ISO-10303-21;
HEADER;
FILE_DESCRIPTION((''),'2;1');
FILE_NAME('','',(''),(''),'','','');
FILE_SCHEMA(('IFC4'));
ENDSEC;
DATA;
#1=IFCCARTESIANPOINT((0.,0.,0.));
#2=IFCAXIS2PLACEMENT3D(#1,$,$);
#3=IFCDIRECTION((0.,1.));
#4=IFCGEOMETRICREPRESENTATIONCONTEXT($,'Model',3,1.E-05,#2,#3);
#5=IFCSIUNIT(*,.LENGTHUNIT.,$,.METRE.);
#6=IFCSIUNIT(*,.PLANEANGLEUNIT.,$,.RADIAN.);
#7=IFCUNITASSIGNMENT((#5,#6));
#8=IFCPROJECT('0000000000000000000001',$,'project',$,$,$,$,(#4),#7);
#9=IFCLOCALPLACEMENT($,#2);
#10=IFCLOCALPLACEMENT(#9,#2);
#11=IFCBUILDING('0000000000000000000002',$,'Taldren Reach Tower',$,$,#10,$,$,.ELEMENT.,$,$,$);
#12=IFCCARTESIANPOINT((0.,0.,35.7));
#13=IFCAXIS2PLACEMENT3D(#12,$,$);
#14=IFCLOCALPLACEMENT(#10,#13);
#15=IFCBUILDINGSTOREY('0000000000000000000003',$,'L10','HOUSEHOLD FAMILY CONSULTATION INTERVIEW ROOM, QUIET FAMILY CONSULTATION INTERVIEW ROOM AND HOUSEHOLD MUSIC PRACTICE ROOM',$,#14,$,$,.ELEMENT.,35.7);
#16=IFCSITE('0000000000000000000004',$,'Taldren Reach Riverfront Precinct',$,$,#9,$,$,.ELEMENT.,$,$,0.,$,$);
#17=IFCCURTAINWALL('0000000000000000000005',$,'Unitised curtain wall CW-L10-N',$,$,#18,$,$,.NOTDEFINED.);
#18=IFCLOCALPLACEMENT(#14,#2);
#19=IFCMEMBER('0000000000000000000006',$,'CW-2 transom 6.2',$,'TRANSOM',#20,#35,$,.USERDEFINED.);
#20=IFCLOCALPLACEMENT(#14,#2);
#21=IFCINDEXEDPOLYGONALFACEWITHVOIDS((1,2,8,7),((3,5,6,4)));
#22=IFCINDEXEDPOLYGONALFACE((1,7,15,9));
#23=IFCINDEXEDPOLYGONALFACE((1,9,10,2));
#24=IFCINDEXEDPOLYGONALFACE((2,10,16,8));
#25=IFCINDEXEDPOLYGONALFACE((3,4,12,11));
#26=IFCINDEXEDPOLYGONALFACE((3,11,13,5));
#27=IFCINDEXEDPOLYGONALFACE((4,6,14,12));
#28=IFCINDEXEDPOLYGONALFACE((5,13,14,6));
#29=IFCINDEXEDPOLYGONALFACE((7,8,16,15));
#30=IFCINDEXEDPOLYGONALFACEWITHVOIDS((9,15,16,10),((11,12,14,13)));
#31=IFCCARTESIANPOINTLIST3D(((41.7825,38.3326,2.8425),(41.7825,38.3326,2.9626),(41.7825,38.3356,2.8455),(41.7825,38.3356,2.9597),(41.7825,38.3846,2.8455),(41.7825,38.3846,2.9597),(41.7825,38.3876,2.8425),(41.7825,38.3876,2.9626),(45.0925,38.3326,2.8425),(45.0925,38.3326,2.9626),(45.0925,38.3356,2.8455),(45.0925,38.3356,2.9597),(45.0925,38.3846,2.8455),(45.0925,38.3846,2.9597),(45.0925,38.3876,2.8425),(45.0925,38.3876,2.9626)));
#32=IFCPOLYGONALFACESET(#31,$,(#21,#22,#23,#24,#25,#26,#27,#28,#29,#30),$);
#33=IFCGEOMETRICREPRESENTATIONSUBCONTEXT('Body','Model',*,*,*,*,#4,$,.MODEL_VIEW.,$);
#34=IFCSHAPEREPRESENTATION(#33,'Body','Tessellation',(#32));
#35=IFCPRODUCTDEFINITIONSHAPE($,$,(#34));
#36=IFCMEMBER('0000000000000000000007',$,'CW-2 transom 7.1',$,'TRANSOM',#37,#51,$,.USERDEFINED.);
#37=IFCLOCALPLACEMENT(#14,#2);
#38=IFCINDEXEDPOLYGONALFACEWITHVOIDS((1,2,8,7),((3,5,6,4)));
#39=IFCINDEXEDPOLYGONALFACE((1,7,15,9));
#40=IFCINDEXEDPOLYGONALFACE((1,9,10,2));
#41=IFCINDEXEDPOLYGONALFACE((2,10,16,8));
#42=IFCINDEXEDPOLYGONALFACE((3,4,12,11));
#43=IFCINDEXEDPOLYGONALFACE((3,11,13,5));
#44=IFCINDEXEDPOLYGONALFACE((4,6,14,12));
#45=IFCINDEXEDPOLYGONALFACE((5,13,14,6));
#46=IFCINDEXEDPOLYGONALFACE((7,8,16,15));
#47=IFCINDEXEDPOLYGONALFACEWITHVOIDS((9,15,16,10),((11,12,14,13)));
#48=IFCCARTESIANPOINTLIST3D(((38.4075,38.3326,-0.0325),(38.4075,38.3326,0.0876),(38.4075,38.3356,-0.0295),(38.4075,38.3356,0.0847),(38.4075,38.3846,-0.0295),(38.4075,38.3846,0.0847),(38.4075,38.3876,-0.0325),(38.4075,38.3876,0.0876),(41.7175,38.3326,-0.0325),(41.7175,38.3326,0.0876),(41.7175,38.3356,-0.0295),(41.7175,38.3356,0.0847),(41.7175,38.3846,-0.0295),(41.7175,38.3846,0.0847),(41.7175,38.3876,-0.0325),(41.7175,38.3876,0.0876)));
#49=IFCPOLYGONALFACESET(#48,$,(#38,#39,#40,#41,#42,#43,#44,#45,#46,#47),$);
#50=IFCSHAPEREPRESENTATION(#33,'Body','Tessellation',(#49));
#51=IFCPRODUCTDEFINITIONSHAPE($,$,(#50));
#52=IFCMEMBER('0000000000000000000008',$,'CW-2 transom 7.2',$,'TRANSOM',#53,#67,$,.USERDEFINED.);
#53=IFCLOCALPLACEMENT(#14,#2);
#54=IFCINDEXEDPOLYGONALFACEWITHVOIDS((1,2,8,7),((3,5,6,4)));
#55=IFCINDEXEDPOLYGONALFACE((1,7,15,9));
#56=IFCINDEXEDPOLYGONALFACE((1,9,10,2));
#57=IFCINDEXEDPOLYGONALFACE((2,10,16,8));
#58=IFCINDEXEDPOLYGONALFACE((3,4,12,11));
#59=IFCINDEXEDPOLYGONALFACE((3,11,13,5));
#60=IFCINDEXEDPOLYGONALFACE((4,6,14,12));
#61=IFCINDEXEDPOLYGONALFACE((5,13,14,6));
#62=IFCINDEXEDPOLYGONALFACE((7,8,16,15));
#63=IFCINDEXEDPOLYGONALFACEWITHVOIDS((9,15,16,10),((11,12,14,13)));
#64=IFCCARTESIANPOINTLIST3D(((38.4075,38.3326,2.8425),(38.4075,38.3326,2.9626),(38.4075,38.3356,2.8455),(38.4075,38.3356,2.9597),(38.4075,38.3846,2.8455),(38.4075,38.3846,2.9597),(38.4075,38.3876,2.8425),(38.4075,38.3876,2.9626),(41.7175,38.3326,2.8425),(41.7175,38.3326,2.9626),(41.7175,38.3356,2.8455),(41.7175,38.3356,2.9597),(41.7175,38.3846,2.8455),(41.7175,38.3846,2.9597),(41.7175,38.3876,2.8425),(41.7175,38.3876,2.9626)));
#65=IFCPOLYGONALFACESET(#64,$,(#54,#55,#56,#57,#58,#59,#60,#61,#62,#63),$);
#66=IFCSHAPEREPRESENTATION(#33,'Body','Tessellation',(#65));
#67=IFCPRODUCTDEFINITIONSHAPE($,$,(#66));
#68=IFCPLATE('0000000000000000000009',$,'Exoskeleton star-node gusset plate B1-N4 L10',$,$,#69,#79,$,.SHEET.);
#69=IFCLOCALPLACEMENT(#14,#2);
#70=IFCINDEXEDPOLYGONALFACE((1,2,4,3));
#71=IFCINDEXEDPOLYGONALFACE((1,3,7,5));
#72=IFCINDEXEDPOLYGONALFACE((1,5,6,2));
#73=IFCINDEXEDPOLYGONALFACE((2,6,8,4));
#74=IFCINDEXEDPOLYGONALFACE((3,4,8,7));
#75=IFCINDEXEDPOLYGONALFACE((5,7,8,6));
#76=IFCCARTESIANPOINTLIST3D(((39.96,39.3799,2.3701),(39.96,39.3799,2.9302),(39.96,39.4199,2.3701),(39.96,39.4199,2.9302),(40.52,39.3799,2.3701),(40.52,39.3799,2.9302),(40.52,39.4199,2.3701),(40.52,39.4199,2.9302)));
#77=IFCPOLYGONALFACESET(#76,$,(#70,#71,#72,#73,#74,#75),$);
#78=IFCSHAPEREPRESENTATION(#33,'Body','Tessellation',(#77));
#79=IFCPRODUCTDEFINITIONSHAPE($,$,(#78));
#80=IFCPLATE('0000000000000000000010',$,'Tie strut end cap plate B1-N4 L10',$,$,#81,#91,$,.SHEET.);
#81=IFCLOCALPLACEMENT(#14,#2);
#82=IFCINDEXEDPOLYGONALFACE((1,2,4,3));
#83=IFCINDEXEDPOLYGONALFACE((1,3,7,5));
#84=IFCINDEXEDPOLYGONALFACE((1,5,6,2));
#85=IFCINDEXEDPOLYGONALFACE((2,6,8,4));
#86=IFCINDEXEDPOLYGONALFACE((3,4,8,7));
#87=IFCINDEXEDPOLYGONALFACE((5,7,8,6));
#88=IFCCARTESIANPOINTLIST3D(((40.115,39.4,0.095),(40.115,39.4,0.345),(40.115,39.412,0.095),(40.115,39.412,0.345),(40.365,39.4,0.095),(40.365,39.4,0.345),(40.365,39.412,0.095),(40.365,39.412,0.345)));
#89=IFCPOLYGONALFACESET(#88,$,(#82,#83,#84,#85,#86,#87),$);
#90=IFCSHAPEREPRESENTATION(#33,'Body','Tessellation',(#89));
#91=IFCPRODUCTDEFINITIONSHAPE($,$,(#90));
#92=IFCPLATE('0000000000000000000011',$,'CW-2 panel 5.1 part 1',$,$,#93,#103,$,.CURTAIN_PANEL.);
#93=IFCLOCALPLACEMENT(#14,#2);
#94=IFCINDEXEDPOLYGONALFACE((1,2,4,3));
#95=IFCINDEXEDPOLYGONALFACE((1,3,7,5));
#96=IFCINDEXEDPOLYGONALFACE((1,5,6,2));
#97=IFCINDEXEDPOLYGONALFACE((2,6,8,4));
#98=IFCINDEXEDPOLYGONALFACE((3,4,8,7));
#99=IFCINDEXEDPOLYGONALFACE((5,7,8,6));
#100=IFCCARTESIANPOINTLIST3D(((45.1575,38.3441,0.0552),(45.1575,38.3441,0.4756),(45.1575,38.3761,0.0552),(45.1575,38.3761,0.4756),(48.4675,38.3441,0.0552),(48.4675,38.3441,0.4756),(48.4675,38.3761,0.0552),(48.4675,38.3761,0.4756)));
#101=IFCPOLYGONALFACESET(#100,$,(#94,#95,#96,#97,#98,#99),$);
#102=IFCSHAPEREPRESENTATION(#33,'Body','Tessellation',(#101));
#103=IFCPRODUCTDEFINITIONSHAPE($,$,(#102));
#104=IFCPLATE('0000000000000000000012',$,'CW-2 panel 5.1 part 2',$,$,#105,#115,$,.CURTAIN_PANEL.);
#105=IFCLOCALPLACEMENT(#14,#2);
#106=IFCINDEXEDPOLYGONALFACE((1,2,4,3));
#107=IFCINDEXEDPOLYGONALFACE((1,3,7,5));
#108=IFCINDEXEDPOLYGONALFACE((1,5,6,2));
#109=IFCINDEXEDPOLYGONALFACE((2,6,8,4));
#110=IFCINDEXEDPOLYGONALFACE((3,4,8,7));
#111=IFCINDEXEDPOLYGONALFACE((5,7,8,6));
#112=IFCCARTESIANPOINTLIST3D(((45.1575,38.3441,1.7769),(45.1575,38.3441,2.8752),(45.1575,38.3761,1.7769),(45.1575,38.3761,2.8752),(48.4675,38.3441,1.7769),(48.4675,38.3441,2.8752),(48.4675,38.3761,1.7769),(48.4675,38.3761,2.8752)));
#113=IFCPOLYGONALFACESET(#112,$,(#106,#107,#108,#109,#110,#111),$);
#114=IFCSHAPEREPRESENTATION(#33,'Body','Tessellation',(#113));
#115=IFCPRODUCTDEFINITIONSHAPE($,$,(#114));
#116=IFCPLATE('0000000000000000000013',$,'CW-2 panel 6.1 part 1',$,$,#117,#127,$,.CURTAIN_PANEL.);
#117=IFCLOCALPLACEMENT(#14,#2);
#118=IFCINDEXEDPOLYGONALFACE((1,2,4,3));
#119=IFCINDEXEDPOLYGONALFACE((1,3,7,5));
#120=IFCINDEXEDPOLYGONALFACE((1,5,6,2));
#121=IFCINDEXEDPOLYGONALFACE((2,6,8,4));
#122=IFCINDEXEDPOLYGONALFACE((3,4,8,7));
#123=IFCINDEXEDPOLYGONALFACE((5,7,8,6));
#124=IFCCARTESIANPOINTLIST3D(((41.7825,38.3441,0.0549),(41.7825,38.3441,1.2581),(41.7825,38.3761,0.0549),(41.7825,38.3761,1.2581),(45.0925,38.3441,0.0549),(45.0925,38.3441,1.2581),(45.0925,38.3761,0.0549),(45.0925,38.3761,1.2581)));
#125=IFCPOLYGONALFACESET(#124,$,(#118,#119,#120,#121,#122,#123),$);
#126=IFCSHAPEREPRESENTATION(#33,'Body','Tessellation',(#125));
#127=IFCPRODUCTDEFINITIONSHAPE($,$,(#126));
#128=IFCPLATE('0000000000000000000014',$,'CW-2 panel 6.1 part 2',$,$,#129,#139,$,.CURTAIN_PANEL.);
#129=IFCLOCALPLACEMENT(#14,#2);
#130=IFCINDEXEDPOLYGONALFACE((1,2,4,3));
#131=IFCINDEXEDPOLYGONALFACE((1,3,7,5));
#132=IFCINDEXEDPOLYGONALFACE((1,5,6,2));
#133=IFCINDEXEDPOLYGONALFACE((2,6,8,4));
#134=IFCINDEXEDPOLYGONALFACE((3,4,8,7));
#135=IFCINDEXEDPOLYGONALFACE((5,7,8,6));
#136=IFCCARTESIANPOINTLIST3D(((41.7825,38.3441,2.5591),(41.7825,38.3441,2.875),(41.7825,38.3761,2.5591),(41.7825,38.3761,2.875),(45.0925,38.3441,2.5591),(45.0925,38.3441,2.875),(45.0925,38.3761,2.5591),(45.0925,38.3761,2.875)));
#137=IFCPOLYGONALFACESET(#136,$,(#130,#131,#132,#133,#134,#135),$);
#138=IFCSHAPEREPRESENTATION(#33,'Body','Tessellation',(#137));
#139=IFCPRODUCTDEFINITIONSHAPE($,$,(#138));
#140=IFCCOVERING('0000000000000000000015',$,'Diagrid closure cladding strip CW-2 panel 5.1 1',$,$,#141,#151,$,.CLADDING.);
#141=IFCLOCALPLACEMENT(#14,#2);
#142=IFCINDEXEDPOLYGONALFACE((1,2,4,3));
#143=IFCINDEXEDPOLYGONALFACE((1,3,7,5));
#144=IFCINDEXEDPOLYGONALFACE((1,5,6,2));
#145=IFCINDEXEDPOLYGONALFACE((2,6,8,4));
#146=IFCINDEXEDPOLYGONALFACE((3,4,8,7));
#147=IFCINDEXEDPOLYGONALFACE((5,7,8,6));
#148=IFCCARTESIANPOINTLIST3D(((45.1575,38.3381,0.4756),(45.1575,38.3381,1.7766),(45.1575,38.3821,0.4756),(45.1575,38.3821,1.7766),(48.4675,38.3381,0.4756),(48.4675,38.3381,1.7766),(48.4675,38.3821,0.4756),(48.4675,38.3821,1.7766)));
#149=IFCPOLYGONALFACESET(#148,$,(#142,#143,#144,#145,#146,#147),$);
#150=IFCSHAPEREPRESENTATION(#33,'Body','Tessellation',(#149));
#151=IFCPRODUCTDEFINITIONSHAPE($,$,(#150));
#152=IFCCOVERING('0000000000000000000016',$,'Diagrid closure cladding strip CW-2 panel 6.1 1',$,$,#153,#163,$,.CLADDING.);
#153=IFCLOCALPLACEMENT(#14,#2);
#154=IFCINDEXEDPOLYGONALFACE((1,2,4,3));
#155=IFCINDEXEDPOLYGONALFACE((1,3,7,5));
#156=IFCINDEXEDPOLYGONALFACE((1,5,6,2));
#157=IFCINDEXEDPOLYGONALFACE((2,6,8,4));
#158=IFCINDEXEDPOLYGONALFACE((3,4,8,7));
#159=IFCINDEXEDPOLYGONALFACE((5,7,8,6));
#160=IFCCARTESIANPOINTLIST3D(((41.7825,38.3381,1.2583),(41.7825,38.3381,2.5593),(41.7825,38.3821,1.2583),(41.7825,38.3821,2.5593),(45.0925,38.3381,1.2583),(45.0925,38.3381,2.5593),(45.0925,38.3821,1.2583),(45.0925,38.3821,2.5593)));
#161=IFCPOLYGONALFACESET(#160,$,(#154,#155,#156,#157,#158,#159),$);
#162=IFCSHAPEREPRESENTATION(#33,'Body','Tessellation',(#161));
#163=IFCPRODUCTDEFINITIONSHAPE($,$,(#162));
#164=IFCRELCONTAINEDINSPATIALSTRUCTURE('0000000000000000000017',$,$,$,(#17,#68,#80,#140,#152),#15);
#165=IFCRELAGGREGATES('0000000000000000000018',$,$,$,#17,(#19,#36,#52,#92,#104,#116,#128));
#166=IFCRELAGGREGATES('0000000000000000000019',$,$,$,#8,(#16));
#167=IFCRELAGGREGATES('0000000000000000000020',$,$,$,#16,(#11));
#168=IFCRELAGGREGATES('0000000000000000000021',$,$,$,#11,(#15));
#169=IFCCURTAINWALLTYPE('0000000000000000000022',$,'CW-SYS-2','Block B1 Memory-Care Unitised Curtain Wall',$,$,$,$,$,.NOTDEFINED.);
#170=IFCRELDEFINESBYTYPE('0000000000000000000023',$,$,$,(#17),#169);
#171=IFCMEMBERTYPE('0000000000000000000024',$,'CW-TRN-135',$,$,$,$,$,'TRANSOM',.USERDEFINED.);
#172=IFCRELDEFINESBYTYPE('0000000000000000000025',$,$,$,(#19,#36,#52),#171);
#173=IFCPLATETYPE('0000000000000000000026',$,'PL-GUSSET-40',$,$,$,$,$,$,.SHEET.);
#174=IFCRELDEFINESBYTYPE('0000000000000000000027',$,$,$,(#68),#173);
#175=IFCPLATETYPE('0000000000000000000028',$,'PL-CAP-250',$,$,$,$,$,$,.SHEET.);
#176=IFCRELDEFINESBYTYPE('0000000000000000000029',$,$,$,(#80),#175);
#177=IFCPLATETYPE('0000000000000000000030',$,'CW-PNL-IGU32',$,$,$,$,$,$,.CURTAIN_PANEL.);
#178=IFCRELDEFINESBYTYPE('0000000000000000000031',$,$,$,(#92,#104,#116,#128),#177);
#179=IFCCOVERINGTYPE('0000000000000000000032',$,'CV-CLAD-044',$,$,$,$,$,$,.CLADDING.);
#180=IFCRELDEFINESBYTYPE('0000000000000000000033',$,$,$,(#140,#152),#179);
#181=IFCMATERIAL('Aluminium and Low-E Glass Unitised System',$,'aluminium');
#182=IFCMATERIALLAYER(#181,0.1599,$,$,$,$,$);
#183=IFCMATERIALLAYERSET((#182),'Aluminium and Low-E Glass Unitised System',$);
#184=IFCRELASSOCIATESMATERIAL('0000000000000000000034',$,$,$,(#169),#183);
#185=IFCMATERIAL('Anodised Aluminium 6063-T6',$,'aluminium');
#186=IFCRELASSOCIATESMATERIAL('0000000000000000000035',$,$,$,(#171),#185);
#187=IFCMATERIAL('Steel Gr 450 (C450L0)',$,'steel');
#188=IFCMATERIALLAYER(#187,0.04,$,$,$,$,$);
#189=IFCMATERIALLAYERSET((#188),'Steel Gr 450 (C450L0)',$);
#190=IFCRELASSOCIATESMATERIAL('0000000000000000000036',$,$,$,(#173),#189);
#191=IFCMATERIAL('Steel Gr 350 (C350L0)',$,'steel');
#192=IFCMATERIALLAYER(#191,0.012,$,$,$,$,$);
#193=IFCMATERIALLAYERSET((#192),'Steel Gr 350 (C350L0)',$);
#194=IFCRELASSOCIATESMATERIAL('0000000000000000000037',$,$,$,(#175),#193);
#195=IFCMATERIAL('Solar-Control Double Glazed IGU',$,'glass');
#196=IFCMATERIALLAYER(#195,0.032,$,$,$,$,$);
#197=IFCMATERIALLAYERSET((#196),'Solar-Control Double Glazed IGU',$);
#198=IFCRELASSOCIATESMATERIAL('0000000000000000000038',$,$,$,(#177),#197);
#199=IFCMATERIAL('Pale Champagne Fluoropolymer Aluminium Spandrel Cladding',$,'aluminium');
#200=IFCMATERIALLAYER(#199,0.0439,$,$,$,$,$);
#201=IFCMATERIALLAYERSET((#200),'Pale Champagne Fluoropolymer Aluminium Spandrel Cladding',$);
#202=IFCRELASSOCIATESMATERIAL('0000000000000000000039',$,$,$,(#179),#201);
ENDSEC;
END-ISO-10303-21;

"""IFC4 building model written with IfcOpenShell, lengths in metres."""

from ifc_helpers import new_model, si_unit, direction, frame, origin, origin_2d, place, context, subcontext, project, spatial, rectangle, hollow_rectangle, extrude, source, transform, mapped, material, layer, layer_set, material_profile, profile_set, type_object, element, aggregate, save


model = new_model("IFC4")

# Units and contexts
model_context = context("Model", 3, precision=1e-05, world=origin(), true_north=direction((0.0, 1.0)))
body_context = subcontext(model_context, "Body", "Model", "MODEL_VIEW")
ifc_project = project(units=[si_unit("LENGTHUNIT", "METRE"), si_unit("PLANEANGLEUNIT", "RADIAN")], contexts=[model_context])

# Site, building, storey
site_placement = place(None, origin())
site = spatial("IfcSite", under=ifc_project, at=site_placement, Name="Taldren Reach Riverfront Precinct", CompositionType="ELEMENT", RefElevation=0.0)
building_placement = place(site_placement, origin())
building = spatial("IfcBuilding", under=site, at=building_placement, Name="Taldren Reach Tower", CompositionType="ELEMENT")
storey_placement = place(building_placement, frame((0.0, 0.0, 35.7)))
storey = spatial("IfcBuildingStorey", under=building, at=storey_placement, Name="L10", Description="HOUSEHOLD FAMILY CONSULTATION INTERVIEW ROOM, QUIET FAMILY CONSULTATION INTERVIEW ROOM AND HOUSEHOLD MUSIC PRACTICE ROOM", CompositionType="ELEMENT", Elevation=35.7)

# Shared definitions
ifc_material_1 = material(Name="Steel Gr 450 (C450L0)", Category="steel")
ifc_material_2 = material(Name="Steel Gr 350 (C350L0)", Category="steel")

# Curtain wall, members
ifc_material_3 = material(Name="Aluminium and Low-E Glass Unitised System", Category="aluminium")
ifc_layer_1 = layer(ifc_material_3, 0.1599)
ifc_layer_set_1 = layer_set([ifc_layer_1], Name="Aluminium and Low-E Glass Unitised System")
curtain_wall_type = type_object("IfcCurtainWallType", Name="CW-SYS-2", Description="Block B1 Memory-Care Unitised Curtain Wall", PredefinedType="NOTDEFINED", material=ifc_layer_set_1)
curtain_wall_placement = place(storey_placement, origin())
curtain_wall = element("IfcCurtainWall", 1, at=curtain_wall_placement, inside=storey, type_object=curtain_wall_type, Name="Unitised curtain wall CW-L10-N", PredefinedType="NOTDEFINED")
ifc_material_4 = material(Name="Anodised Aluminium 6063-T6", Category="aluminium")
ifc_material_profile_1 = material_profile(ifc_material_4, hollow_rectangle(XDim=0.0549, YDim=0.1201, WallThickness=0.0029, at=origin_2d()), Name="ALU-120x55x3RHS")
ifc_profile_set_1 = profile_set([ifc_material_profile_1], Name="Anodised Aluminium 6063-T6")
member_type_1 = type_object("IfcMemberType", Name="CW-TRN-135", ElementType="TRANSOM", PredefinedType="USERDEFINED", material=ifc_profile_set_1)
shared_shape_1 = source(origin(), body_context, "Body", "SweptSolid", [
    extrude(hollow_rectangle(XDim=0.0549, YDim=0.1201, WallThickness=0.0029, at=origin_2d()), origin(), (0.0, 0.0, 1.0), 3.3101),
])
member_1_placement = place(storey_placement, frame((45.0925, 38.3601, 2.9026), z_axis=(-1.0, 0.0, 0.0), x_axis=(0.0, -1.0, 0.0)))
member_1 = element("IfcMember", 2, at=member_1_placement, type_object=member_type_1, Name="CW-2 transom 6.2", ObjectType="TRANSOM", PredefinedType="USERDEFINED", context=body_context, shape_type="MappedRepresentation", body=[
    mapped(shared_shape_1, transform((0.0, 0.0, 0.0), scale=1.0)),
])
member_2_placement = place(storey_placement, frame((41.7175, 38.3601, 0.0276), z_axis=(-1.0, 0.0, 0.0), x_axis=(0.0, -1.0, 0.0)))
member_2 = element("IfcMember", 3, at=member_2_placement, type_object=member_type_1, Name="CW-2 transom 7.1", ObjectType="TRANSOM", PredefinedType="USERDEFINED", context=body_context, shape_type="MappedRepresentation", body=[
    mapped(shared_shape_1, transform((0.0, 0.0, 0.0), scale=1.0)),
])
member_3_placement = place(storey_placement, frame((41.7175, 38.3601, 2.9026), z_axis=(-1.0, 0.0, 0.0), x_axis=(0.0, -1.0, 0.0)))
member_3 = element("IfcMember", 4, at=member_3_placement, type_object=member_type_1, Name="CW-2 transom 7.2", ObjectType="TRANSOM", PredefinedType="USERDEFINED", context=body_context, shape_type="MappedRepresentation", body=[
    mapped(shared_shape_1, transform((0.0, 0.0, 0.0), scale=1.0)),
])

# Plates
ifc_layer_2 = layer(ifc_material_1, 0.04)
ifc_layer_set_2 = layer_set([ifc_layer_2], Name="Steel Gr 450 (C450L0)")
plate_type_1 = type_object("IfcPlateType", Name="PL-GUSSET-40", PredefinedType="SHEET", material=ifc_layer_set_2)
shared_shape_2 = source(origin(), body_context, "Body", "SweptSolid", [
    extrude(rectangle(XDim=0.5601, YDim=0.04, at=origin_2d()), origin(), (0.0, 0.0, 1.0), 0.5601),
])
plate_1_placement = place(storey_placement, frame((40.24, 39.3999, 2.3701), z_axis=(0.0, 0.0, 1.0), x_axis=(1.0, 0.0, 0.0)))
element("IfcPlate", 5, at=plate_1_placement, inside=storey, type_object=plate_type_1, Name="Exoskeleton star-node gusset plate B1-N4 L10", PredefinedType="SHEET", context=body_context, shape_type="MappedRepresentation", body=[
    mapped(shared_shape_2, transform((0.0, 0.0, 0.0), scale=1.0)),
])
ifc_layer_3 = layer(ifc_material_2, 0.012)
ifc_layer_set_3 = layer_set([ifc_layer_3], Name="Steel Gr 350 (C350L0)")
plate_type_2 = type_object("IfcPlateType", Name="PL-CAP-250", PredefinedType="SHEET", material=ifc_layer_set_3)
shared_shape_3 = source(origin(), body_context, "Body", "SweptSolid", [
    extrude(rectangle(XDim=0.25, YDim=0.012, at=origin_2d()), origin(), (0.0, 0.0, 1.0), 0.25),
])
plate_2_placement = place(storey_placement, frame((40.24, 39.406, 0.095), z_axis=(0.0, 0.0, 1.0), x_axis=(1.0, 0.0, 0.0)))
element("IfcPlate", 6, at=plate_2_placement, inside=storey, type_object=plate_type_2, Name="Tie strut end cap plate B1-N4 L10", PredefinedType="SHEET", context=body_context, shape_type="MappedRepresentation", body=[
    mapped(shared_shape_3, transform((0.0, 0.0, 0.0), scale=1.0)),
])

# Plates
ifc_material_5 = material(Name="Solar-Control Double Glazed IGU", Category="glass")
ifc_layer_4 = layer(ifc_material_5, 0.032)
ifc_layer_set_4 = layer_set([ifc_layer_4], Name="Solar-Control Double Glazed IGU")
plate_type_3 = type_object("IfcPlateType", Name="CW-PNL-IGU32", PredefinedType="CURTAIN_PANEL", material=ifc_layer_set_4)
shared_shape_4 = source(origin(), body_context, "Body", "SweptSolid", [
    extrude(rectangle(XDim=3.3101, YDim=0.032, at=origin_2d()), origin(), (0.0, 0.0, 1.0), 0.4204),
])
plate_3_placement = place(storey_placement, frame((46.8125, 38.3601, 0.0552), z_axis=(0.0, 0.0, 1.0), x_axis=(-1.0, 0.0, 0.0)))
plate_3 = element("IfcPlate", 7, at=plate_3_placement, type_object=plate_type_3, Name="CW-2 panel 5.1 part 1", PredefinedType="CURTAIN_PANEL", context=body_context, shape_type="MappedRepresentation", body=[
    mapped(shared_shape_4, transform((0.0, 0.0, 0.0), scale=1.0)),
])
shared_shape_5 = source(origin(), body_context, "Body", "SweptSolid", [
    extrude(rectangle(XDim=3.3101, YDim=0.032, at=origin_2d()), origin(), (0.0, 0.0, 1.0), 1.0984),
])
plate_4_placement = place(storey_placement, frame((46.8125, 38.3601, 1.7769), z_axis=(0.0, 0.0, 1.0), x_axis=(-1.0, 0.0, 0.0)))
plate_4 = element("IfcPlate", 8, at=plate_4_placement, type_object=plate_type_3, Name="CW-2 panel 5.1 part 2", PredefinedType="CURTAIN_PANEL", context=body_context, shape_type="MappedRepresentation", body=[
    mapped(shared_shape_5, transform((0.0, 0.0, 0.0), scale=1.0)),
])
shared_shape_6 = source(origin(), body_context, "Body", "SweptSolid", [
    extrude(rectangle(XDim=3.3101, YDim=0.032, at=origin_2d()), origin(), (0.0, 0.0, 1.0), 1.2031),
])
plate_5_placement = place(storey_placement, frame((43.4375, 38.3601, 0.0549), z_axis=(0.0, 0.0, 1.0), x_axis=(-1.0, 0.0, 0.0)))
plate_5 = element("IfcPlate", 9, at=plate_5_placement, type_object=plate_type_3, Name="CW-2 panel 6.1 part 1", PredefinedType="CURTAIN_PANEL", context=body_context, shape_type="MappedRepresentation", body=[
    mapped(shared_shape_6, transform((0.0, 0.0, 0.0), scale=1.0)),
])
shared_shape_7 = source(origin(), body_context, "Body", "SweptSolid", [
    extrude(rectangle(XDim=3.3101, YDim=0.032, at=origin_2d()), origin(), (0.0, 0.0, 1.0), 0.3159),
])
plate_6_placement = place(storey_placement, frame((43.4375, 38.3601, 2.5591), z_axis=(0.0, 0.0, 1.0), x_axis=(-1.0, 0.0, 0.0)))
plate_6 = element("IfcPlate", 10, at=plate_6_placement, type_object=plate_type_3, Name="CW-2 panel 6.1 part 2", PredefinedType="CURTAIN_PANEL", context=body_context, shape_type="MappedRepresentation", body=[
    mapped(shared_shape_7, transform((0.0, 0.0, 0.0), scale=1.0)),
])
aggregate(curtain_wall, [member_1, member_2, member_3, plate_3, plate_4, plate_5, plate_6])

# Coverings
ifc_material_6 = material(Name="Pale Champagne Fluoropolymer Aluminium Spandrel Cladding", Category="aluminium")
ifc_layer_5 = layer(ifc_material_6, 0.0439)
ifc_layer_set_5 = layer_set([ifc_layer_5], Name="Pale Champagne Fluoropolymer Aluminium Spandrel Cladding")
covering_type = type_object("IfcCoveringType", Name="CV-CLAD-044", PredefinedType="CLADDING", material=ifc_layer_set_5)
shared_shape_8 = source(origin(), body_context, "Body", "SweptSolid", [
    extrude(rectangle(XDim=3.3101, YDim=0.0439, at=origin_2d()), origin(), (0.0, 0.0, 1.0), 1.301),
])
for number, where, z_axis, x_axis, name in (
    (11, (46.8125, 38.3601, 0.4756), (0.0, 0.0, 1.0), (-1.0, 0.0, 0.0), "Diagrid closure cladding strip CW-2 panel 5.1 1"),
    (12, (43.4375, 38.3601, 1.2583), (0.0, 0.0, 1.0), (-1.0, 0.0, 0.0), "Diagrid closure cladding strip CW-2 panel 6.1 1"),
):
    element("IfcCovering", number, at=place(storey_placement, frame(where, z_axis=z_axis, x_axis=x_axis)), inside=storey, type_object=covering_type, Name=name, PredefinedType="CLADDING", context=body_context, shape_type="MappedRepresentation", body=[
        mapped(shared_shape_8, transform((0.0, 0.0, 0.0), scale=1.0)),
    ])

save(model, "model.ifc")
